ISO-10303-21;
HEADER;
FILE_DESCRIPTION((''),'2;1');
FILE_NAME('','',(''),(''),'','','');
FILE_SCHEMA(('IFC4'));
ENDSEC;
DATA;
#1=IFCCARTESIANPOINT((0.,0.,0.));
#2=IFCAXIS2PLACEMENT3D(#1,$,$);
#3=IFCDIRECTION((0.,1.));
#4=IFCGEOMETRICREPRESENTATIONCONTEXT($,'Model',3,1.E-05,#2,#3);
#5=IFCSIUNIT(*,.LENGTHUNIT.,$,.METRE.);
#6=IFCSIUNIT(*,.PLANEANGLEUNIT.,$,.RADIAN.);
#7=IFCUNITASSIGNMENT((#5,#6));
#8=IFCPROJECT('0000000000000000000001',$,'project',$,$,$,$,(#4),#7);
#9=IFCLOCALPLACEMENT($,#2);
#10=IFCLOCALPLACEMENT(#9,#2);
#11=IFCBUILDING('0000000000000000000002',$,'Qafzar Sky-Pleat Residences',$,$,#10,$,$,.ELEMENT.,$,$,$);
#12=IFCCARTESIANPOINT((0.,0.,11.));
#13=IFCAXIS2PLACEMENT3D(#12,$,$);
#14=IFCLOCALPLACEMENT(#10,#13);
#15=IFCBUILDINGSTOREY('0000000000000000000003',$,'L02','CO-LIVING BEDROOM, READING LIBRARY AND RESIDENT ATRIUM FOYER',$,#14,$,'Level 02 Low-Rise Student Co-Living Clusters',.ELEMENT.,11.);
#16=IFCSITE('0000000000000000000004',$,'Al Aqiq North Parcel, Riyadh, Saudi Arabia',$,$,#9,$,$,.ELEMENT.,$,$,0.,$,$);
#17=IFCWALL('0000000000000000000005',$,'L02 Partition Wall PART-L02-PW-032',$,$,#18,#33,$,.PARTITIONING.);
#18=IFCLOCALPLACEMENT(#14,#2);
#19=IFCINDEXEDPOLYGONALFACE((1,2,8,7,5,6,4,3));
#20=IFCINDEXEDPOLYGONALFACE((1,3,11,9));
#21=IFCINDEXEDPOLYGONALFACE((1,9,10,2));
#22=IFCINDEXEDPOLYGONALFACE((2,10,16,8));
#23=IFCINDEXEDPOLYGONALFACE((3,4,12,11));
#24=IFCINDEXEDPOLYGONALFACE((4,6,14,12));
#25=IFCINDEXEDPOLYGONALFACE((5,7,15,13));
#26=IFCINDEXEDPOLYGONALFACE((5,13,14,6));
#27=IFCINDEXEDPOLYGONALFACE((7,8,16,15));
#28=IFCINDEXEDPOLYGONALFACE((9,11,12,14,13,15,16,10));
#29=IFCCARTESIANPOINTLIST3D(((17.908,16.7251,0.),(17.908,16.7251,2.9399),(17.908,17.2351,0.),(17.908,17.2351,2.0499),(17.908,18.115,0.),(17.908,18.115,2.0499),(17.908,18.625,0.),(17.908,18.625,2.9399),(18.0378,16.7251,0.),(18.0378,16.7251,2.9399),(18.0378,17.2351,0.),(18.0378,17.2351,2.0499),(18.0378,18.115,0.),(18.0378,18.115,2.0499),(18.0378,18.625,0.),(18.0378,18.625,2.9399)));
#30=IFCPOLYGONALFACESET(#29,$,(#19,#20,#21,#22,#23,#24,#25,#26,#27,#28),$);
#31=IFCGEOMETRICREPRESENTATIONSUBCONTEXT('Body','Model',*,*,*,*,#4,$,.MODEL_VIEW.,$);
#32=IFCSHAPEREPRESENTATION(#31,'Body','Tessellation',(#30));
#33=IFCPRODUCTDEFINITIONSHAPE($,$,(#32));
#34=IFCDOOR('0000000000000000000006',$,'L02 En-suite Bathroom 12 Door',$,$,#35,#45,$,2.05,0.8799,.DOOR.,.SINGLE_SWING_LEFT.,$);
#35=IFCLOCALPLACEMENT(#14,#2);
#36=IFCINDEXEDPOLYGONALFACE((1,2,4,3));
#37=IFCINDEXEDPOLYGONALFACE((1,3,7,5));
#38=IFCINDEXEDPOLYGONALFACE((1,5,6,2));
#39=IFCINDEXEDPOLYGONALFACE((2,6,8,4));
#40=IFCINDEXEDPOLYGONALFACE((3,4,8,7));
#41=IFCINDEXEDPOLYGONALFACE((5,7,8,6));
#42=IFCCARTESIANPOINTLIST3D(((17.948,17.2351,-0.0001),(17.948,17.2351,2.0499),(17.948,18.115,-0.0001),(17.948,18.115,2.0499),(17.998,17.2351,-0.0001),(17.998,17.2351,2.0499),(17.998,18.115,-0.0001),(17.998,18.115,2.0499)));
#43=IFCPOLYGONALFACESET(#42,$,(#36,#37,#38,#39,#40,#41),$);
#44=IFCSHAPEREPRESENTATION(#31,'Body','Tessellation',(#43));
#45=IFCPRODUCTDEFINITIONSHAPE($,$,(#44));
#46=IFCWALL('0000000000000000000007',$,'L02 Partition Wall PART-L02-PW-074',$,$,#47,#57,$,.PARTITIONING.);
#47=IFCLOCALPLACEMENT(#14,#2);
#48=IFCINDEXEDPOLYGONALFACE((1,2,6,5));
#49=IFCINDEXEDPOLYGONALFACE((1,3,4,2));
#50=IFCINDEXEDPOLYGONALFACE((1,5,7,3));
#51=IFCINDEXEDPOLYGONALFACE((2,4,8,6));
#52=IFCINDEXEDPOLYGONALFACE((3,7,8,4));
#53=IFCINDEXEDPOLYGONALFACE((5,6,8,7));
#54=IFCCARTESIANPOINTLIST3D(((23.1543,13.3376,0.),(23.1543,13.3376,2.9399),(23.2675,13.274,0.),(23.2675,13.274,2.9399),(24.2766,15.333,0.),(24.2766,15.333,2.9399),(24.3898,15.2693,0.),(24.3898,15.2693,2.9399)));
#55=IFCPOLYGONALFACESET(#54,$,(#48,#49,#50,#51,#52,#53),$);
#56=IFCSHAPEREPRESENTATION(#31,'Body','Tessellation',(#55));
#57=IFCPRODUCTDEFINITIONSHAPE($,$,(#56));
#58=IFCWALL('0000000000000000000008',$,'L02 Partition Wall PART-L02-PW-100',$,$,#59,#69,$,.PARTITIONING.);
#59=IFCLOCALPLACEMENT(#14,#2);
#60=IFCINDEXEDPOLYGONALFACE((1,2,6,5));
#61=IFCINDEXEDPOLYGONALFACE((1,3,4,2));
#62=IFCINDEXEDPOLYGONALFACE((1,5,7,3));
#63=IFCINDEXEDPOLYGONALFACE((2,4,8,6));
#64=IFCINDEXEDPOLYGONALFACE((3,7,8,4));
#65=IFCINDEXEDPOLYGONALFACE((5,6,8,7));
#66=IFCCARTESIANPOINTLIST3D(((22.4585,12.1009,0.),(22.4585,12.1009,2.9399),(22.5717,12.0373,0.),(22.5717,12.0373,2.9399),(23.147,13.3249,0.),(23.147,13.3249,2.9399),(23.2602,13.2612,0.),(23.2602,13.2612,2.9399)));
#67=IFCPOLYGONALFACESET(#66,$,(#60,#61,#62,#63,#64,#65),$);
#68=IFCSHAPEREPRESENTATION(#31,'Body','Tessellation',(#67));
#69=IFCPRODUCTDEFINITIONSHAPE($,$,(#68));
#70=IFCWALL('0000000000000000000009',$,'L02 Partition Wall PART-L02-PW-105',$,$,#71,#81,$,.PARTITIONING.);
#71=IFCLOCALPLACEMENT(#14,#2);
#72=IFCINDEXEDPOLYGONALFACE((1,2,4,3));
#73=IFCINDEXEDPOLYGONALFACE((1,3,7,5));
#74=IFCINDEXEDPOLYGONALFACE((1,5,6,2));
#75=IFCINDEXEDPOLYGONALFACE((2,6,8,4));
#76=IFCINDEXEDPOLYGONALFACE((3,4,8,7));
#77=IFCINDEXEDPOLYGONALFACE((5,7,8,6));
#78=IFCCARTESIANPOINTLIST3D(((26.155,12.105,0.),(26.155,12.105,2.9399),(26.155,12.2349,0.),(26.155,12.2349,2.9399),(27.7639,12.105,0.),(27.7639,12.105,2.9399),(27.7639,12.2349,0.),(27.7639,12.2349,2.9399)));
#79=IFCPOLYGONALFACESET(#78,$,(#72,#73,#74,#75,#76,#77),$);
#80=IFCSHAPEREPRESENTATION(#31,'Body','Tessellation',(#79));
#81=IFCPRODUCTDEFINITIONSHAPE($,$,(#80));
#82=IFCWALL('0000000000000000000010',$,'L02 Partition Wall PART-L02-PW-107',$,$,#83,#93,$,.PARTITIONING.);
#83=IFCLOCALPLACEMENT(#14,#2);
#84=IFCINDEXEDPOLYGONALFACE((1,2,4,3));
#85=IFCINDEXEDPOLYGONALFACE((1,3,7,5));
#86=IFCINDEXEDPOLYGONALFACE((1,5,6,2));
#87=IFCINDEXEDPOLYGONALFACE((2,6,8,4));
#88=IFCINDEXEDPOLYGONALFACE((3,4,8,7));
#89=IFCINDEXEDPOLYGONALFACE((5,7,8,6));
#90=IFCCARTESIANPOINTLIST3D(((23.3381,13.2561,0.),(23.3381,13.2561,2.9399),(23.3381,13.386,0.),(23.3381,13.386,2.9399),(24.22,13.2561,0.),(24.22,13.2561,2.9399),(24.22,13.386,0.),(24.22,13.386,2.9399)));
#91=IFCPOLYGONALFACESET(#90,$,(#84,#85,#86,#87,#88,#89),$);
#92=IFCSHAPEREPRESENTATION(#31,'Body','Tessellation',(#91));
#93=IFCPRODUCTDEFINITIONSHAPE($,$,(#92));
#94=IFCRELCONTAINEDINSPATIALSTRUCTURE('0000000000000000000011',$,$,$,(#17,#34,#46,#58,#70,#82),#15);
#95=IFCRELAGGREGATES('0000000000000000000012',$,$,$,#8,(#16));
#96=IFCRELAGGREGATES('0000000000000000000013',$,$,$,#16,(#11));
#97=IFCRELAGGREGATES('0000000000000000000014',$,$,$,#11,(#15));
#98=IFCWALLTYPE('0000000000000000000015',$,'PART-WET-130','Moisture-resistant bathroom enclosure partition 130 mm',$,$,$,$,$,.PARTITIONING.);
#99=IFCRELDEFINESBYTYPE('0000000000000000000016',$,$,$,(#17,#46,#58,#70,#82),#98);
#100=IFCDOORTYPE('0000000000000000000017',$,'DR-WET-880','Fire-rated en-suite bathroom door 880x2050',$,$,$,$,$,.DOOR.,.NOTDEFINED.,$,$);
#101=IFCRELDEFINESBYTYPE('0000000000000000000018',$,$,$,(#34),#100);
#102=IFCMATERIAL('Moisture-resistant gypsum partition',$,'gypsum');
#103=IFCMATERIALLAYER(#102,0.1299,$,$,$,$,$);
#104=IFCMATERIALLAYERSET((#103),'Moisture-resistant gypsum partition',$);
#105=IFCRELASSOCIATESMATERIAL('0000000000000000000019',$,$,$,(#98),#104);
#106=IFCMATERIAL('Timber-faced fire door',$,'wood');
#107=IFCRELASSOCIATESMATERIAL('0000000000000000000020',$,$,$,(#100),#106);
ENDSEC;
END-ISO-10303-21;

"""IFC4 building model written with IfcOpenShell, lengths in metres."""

from ifc_helpers import new_model, si_unit, direction, frame, frame_2d, origin, place, context, subcontext, project, spatial, rectangle, extrude, source, transform, mapped, material, layer, layer_set, type_object, element, fill, save


model = new_model("IFC4")

# Units and contexts
model_context = context("Model", 3, precision=1e-05, world=origin(), true_north=direction((0.0, 1.0)))
body_context = subcontext(model_context, "Body", "Model", "MODEL_VIEW")
ifc_project = project(units=[si_unit("LENGTHUNIT", "METRE"), si_unit("PLANEANGLEUNIT", "RADIAN")], contexts=[model_context])

# Site, building, storey
site_placement = place(None, origin())
site = spatial("IfcSite", under=ifc_project, at=site_placement, Name="Al Aqiq North Parcel, Riyadh, Saudi Arabia", CompositionType="ELEMENT", RefElevation=0.0)
building_placement = place(site_placement, origin())
building = spatial("IfcBuilding", under=site, at=building_placement, Name="Qafzar Sky-Pleat Residences", CompositionType="ELEMENT")
storey_placement = place(building_placement, frame((0.0, 0.0, 11.0)))
storey = spatial("IfcBuildingStorey", under=building, at=storey_placement, Name="L02", Description="CO-LIVING BEDROOM, READING LIBRARY AND RESIDENT ATRIUM FOYER", LongName="Level 02 Low-Rise Student Co-Living Clusters", CompositionType="ELEMENT", Elevation=11.0)

# Shared definitions
ifc_material_1 = material(Name="Timber-faced fire door", Category="wood")

# Wall, opening, door
ifc_material_2 = material(Name="Moisture-resistant gypsum partition", Category="gypsum")
ifc_layer_1 = layer(ifc_material_2, 0.1299)
ifc_layer_set_1 = layer_set([ifc_layer_1], Name="Moisture-resistant gypsum partition")
wall_type_1 = type_object("IfcWallType", Name="PART-WET-130", Description="Moisture-resistant bathroom enclosure partition 130 mm", PredefinedType="PARTITIONING", material=ifc_layer_set_1)
wall_1_placement = place(storey_placement, frame((17.9729, 16.7251, 0.0), z_axis=(0.0, 0.0, 1.0), x_axis=(0.0, 1.0, 0.0)))
wall_1 = element("IfcWall", 1, at=wall_1_placement, inside=storey, type_object=wall_type_1, Name="L02 Partition Wall PART-L02-PW-032", PredefinedType="PARTITIONING", context=body_context, shape_type="SweptSolid", body=[
    extrude(rectangle(XDim=1.8999, YDim=0.1299, at=frame_2d((0.95, 0.0))), origin(), (0.0, 0.0, 1.0), 2.9399),
])
opening_1_placement = place(wall_1_placement, frame((0.51, 0.0, 0.0)))
opening_1 = element("IfcOpeningElement", 2, at=opening_1_placement, cuts=wall_1, PredefinedType="OPENING", context=body_context, shape_type="SweptSolid", body=[
    extrude(rectangle(XDim=0.8799, YDim=2.05, at=frame_2d((0.4399, 1.0249))), frame((0.0, 0.075, 0.0), z_axis=(0.0, -1.0, 0.0), x_axis=(1.0, 0.0, 0.0)), (0.0, 0.0, 1.0), 0.1499),
])
door_type_1 = type_object("IfcDoorType", Name="DR-WET-880", Description="Fire-rated en-suite bathroom door 880x2050", OperationType="NOTDEFINED", PredefinedType="DOOR", material=ifc_material_1)
shared_shape_1 = source(origin(), body_context, "Body", "SweptSolid", [
    extrude(rectangle(XDim=0.8799, YDim=2.05, at=frame_2d((0.4399, 1.0249))), frame((0.0, 0.0249, 0.0), z_axis=(0.0, -1.0, 0.0), x_axis=(1.0, 0.0, 0.0)), (0.0, 0.0, 1.0), 0.05),
])
door_1_placement = place(opening_1_placement, origin())
door_1 = element("IfcDoor", 3, at=door_1_placement, inside=storey, type_object=door_type_1, Name="L02 En-suite Bathroom 12 Door", OperationType="SINGLE_SWING_LEFT", OverallHeight=2.05, OverallWidth=0.8799, PredefinedType="DOOR", context=body_context, shape_type="MappedRepresentation", body=[
    mapped(shared_shape_1, transform((0.0, 0.0, 0.0), x_axis=(1.0, 0.0, 0.0), y_axis=(0.0, 1.0, 0.0), z_axis=(0.0, 0.0, 1.0), scale=1.0)),
])
fill(opening_1, door_1)

# Walls
wall_2_placement = place(storey_placement, frame((23.2109, 13.3059, 0.0), z_axis=(0.0, 0.0, 1.0), x_axis=(0.490236, 0.87159, 0.0)))
element("IfcWall", 4, at=wall_2_placement, inside=storey, type_object=wall_type_1, Name="L02 Partition Wall PART-L02-PW-074", PredefinedType="PARTITIONING", context=body_context, shape_type="SweptSolid", body=[
    extrude(rectangle(XDim=2.2893, YDim=0.1299, at=frame_2d((1.1445, 0.0))), origin(), (0.0, 0.0, 1.0), 2.9399),
])
wall_3_placement = place(storey_placement, frame((22.5151, 12.0691, 0.0), z_axis=(0.0, 0.0, 1.0), x_axis=(0.490286, 0.871562, 0.0)))
element("IfcWall", 5, at=wall_3_placement, inside=storey, type_object=wall_type_1, Name="L02 Partition Wall PART-L02-PW-100", PredefinedType="PARTITIONING", context=body_context, shape_type="SweptSolid", body=[
    extrude(rectangle(XDim=1.4043, YDim=0.1299, at=frame_2d((0.7021, 0.0))), origin(), (0.0, 0.0, 1.0), 2.9399),
])
wall_4_placement = place(storey_placement, frame((26.155, 12.1699, 0.0), z_axis=(0.0, 0.0, 1.0), x_axis=(1.0, 0.0, 0.0)))
element("IfcWall", 6, at=wall_4_placement, inside=storey, type_object=wall_type_1, Name="L02 Partition Wall PART-L02-PW-105", PredefinedType="PARTITIONING", context=body_context, shape_type="SweptSolid", body=[
    extrude(rectangle(XDim=1.6089, YDim=0.1299, at=frame_2d((0.8044, 0.0))), origin(), (0.0, 0.0, 1.0), 2.9399),
])
wall_5_placement = place(storey_placement, frame((23.3381, 13.321, 0.0), z_axis=(0.0, 0.0, 1.0), x_axis=(1.0, 0.0, 0.0)))
element("IfcWall", 7, at=wall_5_placement, inside=storey, type_object=wall_type_1, Name="L02 Partition Wall PART-L02-PW-107", PredefinedType="PARTITIONING", context=body_context, shape_type="SweptSolid", body=[
    extrude(rectangle(XDim=0.8818, YDim=0.1299, at=frame_2d((0.4409, 0.0))), origin(), (0.0, 0.0, 1.0), 2.9399),
])

save(model, "model.ifc")
